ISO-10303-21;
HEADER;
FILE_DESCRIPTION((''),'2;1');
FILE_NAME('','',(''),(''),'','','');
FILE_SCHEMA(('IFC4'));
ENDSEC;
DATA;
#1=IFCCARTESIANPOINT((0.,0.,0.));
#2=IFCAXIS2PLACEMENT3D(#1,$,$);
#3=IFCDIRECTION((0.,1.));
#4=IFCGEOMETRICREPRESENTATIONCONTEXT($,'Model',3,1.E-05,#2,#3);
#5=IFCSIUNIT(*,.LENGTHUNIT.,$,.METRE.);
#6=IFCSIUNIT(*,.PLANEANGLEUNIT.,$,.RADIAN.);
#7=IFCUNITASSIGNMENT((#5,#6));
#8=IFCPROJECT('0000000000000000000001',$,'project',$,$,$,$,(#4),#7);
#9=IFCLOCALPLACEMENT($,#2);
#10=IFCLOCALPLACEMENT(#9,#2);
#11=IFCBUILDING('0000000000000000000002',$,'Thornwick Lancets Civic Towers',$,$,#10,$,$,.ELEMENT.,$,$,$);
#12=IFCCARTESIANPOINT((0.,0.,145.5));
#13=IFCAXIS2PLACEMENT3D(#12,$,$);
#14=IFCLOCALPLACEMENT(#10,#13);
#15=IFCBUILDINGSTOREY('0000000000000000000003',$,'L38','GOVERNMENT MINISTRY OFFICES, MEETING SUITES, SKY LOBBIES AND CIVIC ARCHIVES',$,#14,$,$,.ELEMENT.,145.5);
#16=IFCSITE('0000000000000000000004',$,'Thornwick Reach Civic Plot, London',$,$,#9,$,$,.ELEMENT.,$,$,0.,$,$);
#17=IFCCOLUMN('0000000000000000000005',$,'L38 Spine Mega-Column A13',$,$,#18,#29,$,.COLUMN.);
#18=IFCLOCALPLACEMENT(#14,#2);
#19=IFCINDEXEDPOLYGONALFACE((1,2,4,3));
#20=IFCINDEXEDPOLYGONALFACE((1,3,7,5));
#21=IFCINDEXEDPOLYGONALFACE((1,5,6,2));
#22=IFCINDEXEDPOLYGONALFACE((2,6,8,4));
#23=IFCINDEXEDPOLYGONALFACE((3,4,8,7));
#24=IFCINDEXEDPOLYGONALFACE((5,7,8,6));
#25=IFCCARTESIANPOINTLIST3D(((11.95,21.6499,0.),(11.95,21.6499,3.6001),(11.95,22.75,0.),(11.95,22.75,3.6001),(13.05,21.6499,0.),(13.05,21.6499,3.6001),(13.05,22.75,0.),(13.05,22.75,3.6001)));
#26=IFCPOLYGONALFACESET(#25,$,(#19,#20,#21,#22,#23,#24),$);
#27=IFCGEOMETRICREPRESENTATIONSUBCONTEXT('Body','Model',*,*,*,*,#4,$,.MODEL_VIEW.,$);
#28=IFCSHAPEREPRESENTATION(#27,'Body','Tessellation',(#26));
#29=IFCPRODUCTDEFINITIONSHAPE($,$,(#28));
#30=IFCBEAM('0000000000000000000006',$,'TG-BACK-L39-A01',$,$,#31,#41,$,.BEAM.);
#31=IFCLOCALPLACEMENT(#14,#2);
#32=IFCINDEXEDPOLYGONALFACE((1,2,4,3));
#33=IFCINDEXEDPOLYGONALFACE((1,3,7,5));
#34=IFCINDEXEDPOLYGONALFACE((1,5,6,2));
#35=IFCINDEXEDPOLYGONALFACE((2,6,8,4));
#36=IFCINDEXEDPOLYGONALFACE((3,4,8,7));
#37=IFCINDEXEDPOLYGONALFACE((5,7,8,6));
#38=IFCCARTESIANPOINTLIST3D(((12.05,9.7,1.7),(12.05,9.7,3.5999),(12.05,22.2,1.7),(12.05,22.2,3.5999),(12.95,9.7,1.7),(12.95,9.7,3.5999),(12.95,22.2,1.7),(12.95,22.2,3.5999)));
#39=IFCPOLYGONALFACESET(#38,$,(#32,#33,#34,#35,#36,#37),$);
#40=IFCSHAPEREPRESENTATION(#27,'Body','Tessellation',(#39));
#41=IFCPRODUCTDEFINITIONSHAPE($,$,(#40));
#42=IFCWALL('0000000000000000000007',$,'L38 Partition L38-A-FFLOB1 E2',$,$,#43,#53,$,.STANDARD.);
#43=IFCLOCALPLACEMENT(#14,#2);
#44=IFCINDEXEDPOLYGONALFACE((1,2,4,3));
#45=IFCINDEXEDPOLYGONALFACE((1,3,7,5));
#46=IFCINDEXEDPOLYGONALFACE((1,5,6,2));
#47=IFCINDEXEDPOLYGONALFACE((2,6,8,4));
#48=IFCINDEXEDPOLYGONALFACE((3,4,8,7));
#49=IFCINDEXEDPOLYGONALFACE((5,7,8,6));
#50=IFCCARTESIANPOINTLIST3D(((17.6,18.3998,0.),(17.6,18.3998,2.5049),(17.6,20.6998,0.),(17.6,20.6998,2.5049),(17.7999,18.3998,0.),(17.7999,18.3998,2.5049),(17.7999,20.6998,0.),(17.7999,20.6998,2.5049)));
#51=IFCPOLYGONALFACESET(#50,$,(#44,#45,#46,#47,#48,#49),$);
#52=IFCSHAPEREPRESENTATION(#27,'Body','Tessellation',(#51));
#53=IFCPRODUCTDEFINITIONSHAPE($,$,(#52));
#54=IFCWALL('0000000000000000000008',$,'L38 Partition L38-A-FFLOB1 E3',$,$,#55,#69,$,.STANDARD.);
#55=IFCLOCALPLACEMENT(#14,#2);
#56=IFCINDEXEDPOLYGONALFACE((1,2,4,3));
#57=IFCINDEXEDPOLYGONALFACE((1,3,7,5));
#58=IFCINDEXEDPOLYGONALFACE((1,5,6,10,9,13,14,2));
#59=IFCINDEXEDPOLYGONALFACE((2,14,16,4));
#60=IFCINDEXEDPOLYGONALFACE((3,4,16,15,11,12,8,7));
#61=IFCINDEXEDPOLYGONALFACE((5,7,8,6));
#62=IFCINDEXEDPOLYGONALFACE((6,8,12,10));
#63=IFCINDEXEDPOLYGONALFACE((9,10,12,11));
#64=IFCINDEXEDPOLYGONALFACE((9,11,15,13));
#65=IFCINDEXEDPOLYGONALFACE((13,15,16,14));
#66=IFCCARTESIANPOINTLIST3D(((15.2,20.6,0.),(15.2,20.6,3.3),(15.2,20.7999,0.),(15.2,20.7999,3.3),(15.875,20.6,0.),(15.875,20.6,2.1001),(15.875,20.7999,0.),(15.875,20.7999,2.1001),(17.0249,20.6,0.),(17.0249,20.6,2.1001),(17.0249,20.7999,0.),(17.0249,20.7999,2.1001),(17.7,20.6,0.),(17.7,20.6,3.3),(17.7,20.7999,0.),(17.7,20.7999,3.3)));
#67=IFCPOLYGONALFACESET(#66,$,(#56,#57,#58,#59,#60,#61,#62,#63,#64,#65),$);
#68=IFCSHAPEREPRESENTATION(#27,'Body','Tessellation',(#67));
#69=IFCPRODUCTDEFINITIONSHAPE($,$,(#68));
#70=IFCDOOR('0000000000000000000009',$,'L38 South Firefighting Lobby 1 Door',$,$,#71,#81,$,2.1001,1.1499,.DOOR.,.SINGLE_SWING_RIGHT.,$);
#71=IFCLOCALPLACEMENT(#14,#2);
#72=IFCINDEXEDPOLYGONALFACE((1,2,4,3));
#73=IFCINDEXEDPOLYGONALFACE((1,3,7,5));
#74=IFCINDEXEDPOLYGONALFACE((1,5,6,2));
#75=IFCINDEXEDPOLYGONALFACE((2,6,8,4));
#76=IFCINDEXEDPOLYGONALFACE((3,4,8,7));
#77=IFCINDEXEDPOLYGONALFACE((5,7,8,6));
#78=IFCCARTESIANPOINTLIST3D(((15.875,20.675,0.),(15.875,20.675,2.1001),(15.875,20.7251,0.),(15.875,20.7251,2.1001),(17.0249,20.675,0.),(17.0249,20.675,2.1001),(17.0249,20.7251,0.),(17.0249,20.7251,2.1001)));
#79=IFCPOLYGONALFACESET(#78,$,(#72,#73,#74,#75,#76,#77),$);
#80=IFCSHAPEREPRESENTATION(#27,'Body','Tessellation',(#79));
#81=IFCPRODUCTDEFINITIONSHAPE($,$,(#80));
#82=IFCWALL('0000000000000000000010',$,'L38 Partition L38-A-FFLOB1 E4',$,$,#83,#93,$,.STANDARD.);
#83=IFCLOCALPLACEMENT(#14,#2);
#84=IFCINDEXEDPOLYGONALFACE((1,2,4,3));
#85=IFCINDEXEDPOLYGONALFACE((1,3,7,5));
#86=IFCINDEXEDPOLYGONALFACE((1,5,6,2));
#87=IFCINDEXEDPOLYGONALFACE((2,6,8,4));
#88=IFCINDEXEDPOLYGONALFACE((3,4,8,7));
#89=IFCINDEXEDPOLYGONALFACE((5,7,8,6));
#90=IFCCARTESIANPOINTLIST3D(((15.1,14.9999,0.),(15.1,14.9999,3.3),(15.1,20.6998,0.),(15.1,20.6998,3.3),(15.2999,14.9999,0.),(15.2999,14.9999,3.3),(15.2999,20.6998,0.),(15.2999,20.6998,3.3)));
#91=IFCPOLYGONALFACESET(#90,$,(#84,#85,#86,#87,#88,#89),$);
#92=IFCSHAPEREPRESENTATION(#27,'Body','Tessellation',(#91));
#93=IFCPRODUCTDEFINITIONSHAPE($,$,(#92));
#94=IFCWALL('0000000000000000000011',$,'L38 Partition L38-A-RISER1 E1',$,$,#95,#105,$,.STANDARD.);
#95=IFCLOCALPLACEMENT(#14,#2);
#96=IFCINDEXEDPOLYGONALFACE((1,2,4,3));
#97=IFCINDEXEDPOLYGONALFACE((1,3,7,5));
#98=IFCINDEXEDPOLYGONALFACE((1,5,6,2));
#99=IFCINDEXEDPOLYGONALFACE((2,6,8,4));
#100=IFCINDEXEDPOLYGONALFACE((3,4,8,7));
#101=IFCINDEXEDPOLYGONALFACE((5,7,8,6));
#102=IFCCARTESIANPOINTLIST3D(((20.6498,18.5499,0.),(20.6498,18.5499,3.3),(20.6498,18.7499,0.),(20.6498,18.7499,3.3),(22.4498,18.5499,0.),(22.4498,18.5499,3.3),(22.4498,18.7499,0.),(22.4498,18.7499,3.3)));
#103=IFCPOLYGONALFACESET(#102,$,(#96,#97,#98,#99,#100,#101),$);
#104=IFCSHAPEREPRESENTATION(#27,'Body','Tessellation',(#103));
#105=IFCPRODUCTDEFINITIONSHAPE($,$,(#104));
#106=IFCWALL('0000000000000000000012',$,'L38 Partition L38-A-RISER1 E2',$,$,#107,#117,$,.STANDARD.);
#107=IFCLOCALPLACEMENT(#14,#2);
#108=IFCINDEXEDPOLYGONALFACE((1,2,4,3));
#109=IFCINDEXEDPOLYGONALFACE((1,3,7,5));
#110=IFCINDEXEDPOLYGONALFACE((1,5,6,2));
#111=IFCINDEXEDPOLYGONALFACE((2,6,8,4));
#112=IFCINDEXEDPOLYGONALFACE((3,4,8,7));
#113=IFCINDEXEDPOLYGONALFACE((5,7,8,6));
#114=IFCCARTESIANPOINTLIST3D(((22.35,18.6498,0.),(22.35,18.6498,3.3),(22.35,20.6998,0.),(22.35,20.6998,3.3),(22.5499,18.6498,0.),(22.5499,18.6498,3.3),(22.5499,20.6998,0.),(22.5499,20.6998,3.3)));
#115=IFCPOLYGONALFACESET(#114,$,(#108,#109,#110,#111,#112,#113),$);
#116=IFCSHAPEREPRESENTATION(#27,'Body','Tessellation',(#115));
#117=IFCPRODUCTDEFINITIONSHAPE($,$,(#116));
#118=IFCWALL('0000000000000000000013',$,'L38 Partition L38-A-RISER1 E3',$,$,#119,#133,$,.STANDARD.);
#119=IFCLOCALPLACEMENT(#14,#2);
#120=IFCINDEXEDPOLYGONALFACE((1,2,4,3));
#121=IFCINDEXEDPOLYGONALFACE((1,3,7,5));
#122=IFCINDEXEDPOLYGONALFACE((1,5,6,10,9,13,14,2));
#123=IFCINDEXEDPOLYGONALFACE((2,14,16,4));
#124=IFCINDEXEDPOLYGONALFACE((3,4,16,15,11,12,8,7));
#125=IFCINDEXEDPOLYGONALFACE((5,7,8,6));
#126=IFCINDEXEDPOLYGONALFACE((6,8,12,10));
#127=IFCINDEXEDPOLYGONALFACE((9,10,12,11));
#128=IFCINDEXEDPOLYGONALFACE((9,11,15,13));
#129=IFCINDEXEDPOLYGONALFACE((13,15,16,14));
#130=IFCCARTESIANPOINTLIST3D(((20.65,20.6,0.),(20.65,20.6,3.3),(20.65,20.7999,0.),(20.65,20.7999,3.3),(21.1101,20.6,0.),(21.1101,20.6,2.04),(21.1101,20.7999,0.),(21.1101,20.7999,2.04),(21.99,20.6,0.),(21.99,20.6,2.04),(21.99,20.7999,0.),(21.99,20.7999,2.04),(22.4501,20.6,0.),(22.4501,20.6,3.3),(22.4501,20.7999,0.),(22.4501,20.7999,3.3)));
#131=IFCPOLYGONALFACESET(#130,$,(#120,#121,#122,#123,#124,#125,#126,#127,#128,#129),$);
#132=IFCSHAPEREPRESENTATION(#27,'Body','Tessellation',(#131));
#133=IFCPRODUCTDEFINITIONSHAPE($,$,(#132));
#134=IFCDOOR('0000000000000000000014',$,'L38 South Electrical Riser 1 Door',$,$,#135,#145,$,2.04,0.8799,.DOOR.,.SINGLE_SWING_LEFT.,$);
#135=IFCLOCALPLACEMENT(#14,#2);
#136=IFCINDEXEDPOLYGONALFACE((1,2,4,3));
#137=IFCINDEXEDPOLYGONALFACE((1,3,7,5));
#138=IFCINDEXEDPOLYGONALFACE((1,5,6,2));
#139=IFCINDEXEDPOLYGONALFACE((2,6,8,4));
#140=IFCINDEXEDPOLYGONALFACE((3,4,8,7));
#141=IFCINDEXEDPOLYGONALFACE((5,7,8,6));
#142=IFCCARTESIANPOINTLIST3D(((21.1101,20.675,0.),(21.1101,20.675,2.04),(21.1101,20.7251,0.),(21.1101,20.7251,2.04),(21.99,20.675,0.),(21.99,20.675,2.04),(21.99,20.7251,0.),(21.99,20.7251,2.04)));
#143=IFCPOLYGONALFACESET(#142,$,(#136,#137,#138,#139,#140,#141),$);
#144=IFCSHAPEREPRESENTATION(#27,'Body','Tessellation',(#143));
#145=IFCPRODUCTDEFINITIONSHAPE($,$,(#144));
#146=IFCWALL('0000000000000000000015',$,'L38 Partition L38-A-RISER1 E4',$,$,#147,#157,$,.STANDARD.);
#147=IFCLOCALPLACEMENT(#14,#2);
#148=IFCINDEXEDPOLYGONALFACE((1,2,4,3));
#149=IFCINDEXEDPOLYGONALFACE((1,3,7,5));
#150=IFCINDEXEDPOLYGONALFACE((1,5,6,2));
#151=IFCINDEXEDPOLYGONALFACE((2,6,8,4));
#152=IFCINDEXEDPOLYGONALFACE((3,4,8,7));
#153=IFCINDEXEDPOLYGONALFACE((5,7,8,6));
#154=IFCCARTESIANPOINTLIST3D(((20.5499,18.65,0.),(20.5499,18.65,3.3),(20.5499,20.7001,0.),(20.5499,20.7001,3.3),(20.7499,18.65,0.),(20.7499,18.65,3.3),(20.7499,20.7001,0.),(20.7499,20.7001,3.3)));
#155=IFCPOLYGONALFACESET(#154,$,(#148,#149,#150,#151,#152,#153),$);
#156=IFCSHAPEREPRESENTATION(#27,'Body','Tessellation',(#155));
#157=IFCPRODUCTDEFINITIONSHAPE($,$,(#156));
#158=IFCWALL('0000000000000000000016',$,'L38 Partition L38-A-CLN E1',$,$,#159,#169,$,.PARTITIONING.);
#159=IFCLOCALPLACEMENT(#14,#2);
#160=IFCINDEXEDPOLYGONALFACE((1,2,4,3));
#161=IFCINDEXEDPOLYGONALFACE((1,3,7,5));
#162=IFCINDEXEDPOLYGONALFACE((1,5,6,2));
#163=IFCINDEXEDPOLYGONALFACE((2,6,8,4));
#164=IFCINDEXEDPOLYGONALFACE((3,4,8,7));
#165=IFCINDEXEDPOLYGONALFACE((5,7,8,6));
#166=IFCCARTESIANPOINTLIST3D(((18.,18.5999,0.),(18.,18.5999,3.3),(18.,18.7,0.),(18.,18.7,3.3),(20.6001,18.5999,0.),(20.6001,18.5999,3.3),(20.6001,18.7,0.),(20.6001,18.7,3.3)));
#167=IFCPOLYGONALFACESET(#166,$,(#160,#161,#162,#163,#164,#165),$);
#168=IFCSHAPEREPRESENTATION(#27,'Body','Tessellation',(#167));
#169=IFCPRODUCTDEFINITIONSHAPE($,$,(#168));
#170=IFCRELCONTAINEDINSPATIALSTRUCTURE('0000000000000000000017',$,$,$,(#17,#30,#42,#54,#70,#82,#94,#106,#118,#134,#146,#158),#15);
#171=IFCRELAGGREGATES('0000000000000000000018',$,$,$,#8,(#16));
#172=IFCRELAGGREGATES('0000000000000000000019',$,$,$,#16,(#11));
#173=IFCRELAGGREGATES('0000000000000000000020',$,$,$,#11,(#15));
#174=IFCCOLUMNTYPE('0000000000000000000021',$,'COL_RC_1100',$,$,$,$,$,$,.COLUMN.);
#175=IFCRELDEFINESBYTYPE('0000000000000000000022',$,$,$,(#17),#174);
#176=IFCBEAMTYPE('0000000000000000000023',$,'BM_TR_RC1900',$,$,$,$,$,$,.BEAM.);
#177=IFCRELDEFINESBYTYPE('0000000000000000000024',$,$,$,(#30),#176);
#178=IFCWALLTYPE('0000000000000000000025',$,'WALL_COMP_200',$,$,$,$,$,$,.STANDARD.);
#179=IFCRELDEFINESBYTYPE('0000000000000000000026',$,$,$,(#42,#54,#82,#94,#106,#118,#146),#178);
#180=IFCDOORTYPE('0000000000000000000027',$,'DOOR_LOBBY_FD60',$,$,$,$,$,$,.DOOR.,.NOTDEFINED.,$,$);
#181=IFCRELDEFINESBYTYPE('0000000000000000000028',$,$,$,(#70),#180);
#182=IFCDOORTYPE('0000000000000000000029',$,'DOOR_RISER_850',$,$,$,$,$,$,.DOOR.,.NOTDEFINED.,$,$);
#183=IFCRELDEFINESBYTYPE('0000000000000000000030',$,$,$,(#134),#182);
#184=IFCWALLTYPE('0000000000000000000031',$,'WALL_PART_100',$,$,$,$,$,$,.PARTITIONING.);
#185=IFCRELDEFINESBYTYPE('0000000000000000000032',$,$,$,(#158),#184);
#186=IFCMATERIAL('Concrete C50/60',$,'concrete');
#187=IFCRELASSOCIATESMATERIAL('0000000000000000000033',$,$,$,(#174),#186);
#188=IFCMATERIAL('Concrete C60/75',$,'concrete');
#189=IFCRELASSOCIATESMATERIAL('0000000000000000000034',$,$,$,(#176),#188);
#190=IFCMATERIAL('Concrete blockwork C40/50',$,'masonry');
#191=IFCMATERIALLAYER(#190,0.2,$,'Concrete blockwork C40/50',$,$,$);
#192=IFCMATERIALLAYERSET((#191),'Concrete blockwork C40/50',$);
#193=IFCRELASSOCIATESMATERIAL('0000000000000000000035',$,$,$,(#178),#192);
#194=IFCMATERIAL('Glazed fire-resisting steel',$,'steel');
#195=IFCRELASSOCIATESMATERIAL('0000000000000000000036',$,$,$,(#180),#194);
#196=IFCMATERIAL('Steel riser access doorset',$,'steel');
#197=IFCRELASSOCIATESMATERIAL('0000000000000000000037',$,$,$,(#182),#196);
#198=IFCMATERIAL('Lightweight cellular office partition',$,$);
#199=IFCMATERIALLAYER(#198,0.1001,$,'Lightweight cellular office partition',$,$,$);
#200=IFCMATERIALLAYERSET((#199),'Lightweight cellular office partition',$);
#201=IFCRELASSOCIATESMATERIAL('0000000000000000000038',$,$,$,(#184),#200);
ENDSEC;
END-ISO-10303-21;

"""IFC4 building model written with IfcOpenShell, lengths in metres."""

from ifc_helpers import new_model, si_unit, direction, frame, frame_2d, origin, origin_2d, place, context, subcontext, project, spatial, rectangle, extrude, material, layer, layer_set, material_profile, profile_set, type_object, element, fill, save


model = new_model("IFC4")

# Units and contexts
model_context = context("Model", 3, precision=1e-05, world=origin(), true_north=direction((0.0, 1.0)))
body_context = subcontext(model_context, "Body", "Model", "MODEL_VIEW")
ifc_project = project(units=[si_unit("LENGTHUNIT", "METRE"), si_unit("PLANEANGLEUNIT", "RADIAN")], contexts=[model_context])

# Site, building, storey
site_placement = place(None, origin())
site = spatial("IfcSite", under=ifc_project, at=site_placement, Name="Thornwick Reach Civic Plot, London", CompositionType="ELEMENT", RefElevation=0.0)
building_placement = place(site_placement, origin())
building = spatial("IfcBuilding", under=site, at=building_placement, Name="Thornwick Lancets Civic Towers", CompositionType="ELEMENT")
storey_placement = place(building_placement, frame((0.0, 0.0, 145.5)))
storey = spatial("IfcBuildingStorey", under=building, at=storey_placement, Name="L38", Description="GOVERNMENT MINISTRY OFFICES, MEETING SUITES, SKY LOBBIES AND CIVIC ARCHIVES", CompositionType="ELEMENT", Elevation=145.5)

# Column
ifc_material_1 = material(Name="Concrete C50/60", Category="concrete")
ifc_material_profile_1 = material_profile(ifc_material_1, rectangle(XDim=1.1001, YDim=1.1001, at=origin_2d()), Name="RC 1100x1100")
ifc_profile_set_1 = profile_set([ifc_material_profile_1], Name="Concrete C50/60")
column_type = type_object("IfcColumnType", Name="COL_RC_1100", PredefinedType="COLUMN", material=ifc_profile_set_1)
column_placement = place(storey_placement, frame((12.5, 22.2, 0.0), z_axis=(0.0, 0.0, 1.0), x_axis=(1.0, 0.0, 0.0)))
element("IfcColumn", 1, at=column_placement, inside=storey, type_object=column_type, Name="L38 Spine Mega-Column A13", PredefinedType="COLUMN", context=body_context, shape_type="SweptSolid", body=[
    extrude(rectangle(XDim=1.1001, YDim=1.1001, at=origin_2d()), origin(), (0.0, 0.0, 1.0), 3.6001),
])

# Beam
ifc_material_2 = material(Name="Concrete C60/75", Category="concrete")
ifc_material_profile_2 = material_profile(ifc_material_2, rectangle(XDim=0.8999, YDim=1.8999, at=origin_2d()), Name="RC 900x1900")
ifc_profile_set_2 = profile_set([ifc_material_profile_2], Name="Concrete C60/75")
beam_type = type_object("IfcBeamType", Name="BM_TR_RC1900", PredefinedType="BEAM", material=ifc_profile_set_2)
beam_placement = place(storey_placement, frame((12.5, 22.2, 2.6499), z_axis=(0.0, -1.0, 0.0), x_axis=(1.0, 0.0, 0.0)))
element("IfcBeam", 2, at=beam_placement, inside=storey, type_object=beam_type, Name="TG-BACK-L39-A01", PredefinedType="BEAM", context=body_context, shape_type="SweptSolid", body=[
    extrude(rectangle(XDim=0.8999, YDim=1.8999, at=origin_2d()), origin(), (0.0, 0.0, 1.0), 12.5),
])

# Wall
ifc_material_3 = material(Name="Concrete blockwork C40/50", Category="masonry")
ifc_layer_1 = layer(ifc_material_3, 0.2, Name="Concrete blockwork C40/50")
ifc_layer_set_1 = layer_set([ifc_layer_1], Name="Concrete blockwork C40/50")
wall_type_1 = type_object("IfcWallType", Name="WALL_COMP_200", PredefinedType="STANDARD", material=ifc_layer_set_1)
wall_1_placement = place(storey_placement, frame((17.7, 18.3999, 0.0), z_axis=(0.0, 0.0, 1.0), x_axis=(0.0, 1.0, 0.0)))
element("IfcWall", 3, at=wall_1_placement, inside=storey, type_object=wall_type_1, Name="L38 Partition L38-A-FFLOB1 E2", PredefinedType="STANDARD", context=body_context, shape_type="SweptSolid", body=[
    extrude(rectangle(XDim=2.3, YDim=0.2, at=frame_2d((1.1499, 0.0))), origin(), (0.0, 0.0, 1.0), 2.5049),
])

# Wall, opening, door
wall_2_placement = place(storey_placement, frame((17.7, 20.7, 0.0), z_axis=(0.0, 0.0, 1.0), x_axis=(-1.0, 0.0, 0.0)))
wall_2 = element("IfcWall", 4, at=wall_2_placement, inside=storey, type_object=wall_type_1, Name="L38 Partition L38-A-FFLOB1 E3", PredefinedType="STANDARD", context=body_context, shape_type="SweptSolid", body=[
    extrude(rectangle(XDim=2.5, YDim=0.2, at=frame_2d((1.25, 0.0))), origin(), (0.0, 0.0, 1.0), 3.3),
])
opening_1_placement = place(wall_2_placement, frame((0.675, 0.0, 0.0)))
opening_1 = element("IfcOpeningElement", 5, at=opening_1_placement, cuts=wall_2, PredefinedType="OPENING", context=body_context, shape_type="SweptSolid", body=[
    extrude(rectangle(XDim=1.1499, YDim=2.1001, at=frame_2d((0.575, 1.05))), frame((0.0, 0.1099, 0.0), z_axis=(0.0, -1.0, 0.0), x_axis=(1.0, 0.0, 0.0)), (0.0, 0.0, 1.0), 0.22),
])
ifc_material_4 = material(Name="Glazed fire-resisting steel", Category="steel")
door_type_1 = type_object("IfcDoorType", Name="DOOR_LOBBY_FD60", OperationType="NOTDEFINED", PredefinedType="DOOR", material=ifc_material_4)
door_1_placement = place(opening_1_placement, origin())
door_1 = element("IfcDoor", 6, at=door_1_placement, inside=storey, type_object=door_type_1, Name="L38 South Firefighting Lobby 1 Door", OperationType="SINGLE_SWING_RIGHT", OverallHeight=2.1001, OverallWidth=1.1499, PredefinedType="DOOR", context=body_context, shape_type="SweptSolid", body=[
    extrude(rectangle(XDim=1.1499, YDim=2.1001, at=frame_2d((0.575, 1.05))), frame((0.0, 0.0249, 0.0), z_axis=(0.0, -1.0, 0.0), x_axis=(1.0, 0.0, 0.0)), (0.0, 0.0, 1.0), 0.05),
])
fill(opening_1, door_1)

# Walls
wall_3_placement = place(storey_placement, frame((15.2, 20.7, 0.0), z_axis=(0.0, 0.0, 1.0), x_axis=(0.0, -1.0, 0.0)))
element("IfcWall", 7, at=wall_3_placement, inside=storey, type_object=wall_type_1, Name="L38 Partition L38-A-FFLOB1 E4", PredefinedType="STANDARD", context=body_context, shape_type="SweptSolid", body=[
    extrude(rectangle(XDim=5.7, YDim=0.2, at=frame_2d((2.8501, 0.0))), origin(), (0.0, 0.0, 1.0), 3.3),
])
wall_4_placement = place(storey_placement, frame((20.6499, 18.6499, 0.0), z_axis=(0.0, 0.0, 1.0), x_axis=(1.0, 0.0, 0.0)))
element("IfcWall", 8, at=wall_4_placement, inside=storey, type_object=wall_type_1, Name="L38 Partition L38-A-RISER1 E1", PredefinedType="STANDARD", context=body_context, shape_type="SweptSolid", body=[
    extrude(rectangle(XDim=1.8, YDim=0.2, at=frame_2d((0.8999, 0.0))), origin(), (0.0, 0.0, 1.0), 3.3),
])
wall_5_placement = place(storey_placement, frame((22.45, 18.6499, 0.0), z_axis=(0.0, 0.0, 1.0), x_axis=(0.0, 1.0, 0.0)))
element("IfcWall", 9, at=wall_5_placement, inside=storey, type_object=wall_type_1, Name="L38 Partition L38-A-RISER1 E2", PredefinedType="STANDARD", context=body_context, shape_type="SweptSolid", body=[
    extrude(rectangle(XDim=2.05, YDim=0.2, at=frame_2d((1.0249, 0.0))), origin(), (0.0, 0.0, 1.0), 3.3),
])

# Wall, opening, door
wall_6_placement = place(storey_placement, frame((22.45, 20.7, 0.0), z_axis=(0.0, 0.0, 1.0), x_axis=(-1.0, 0.0, 0.0)))
wall_6 = element("IfcWall", 10, at=wall_6_placement, inside=storey, type_object=wall_type_1, Name="L38 Partition L38-A-RISER1 E3", PredefinedType="STANDARD", context=body_context, shape_type="SweptSolid", body=[
    extrude(rectangle(XDim=1.8, YDim=0.2, at=frame_2d((0.8999, 0.0))), origin(), (0.0, 0.0, 1.0), 3.3),
])
opening_2_placement = place(wall_6_placement, frame((0.46, 0.0, 0.0)))
opening_2 = element("IfcOpeningElement", 11, at=opening_2_placement, cuts=wall_6, PredefinedType="OPENING", context=body_context, shape_type="SweptSolid", body=[
    extrude(rectangle(XDim=0.8799, YDim=2.04, at=frame_2d((0.4399, 1.02))), frame((0.0, 0.1099, 0.0), z_axis=(0.0, -1.0, 0.0), x_axis=(1.0, 0.0, 0.0)), (0.0, 0.0, 1.0), 0.22),
])
ifc_material_5 = material(Name="Steel riser access doorset", Category="steel")
door_type_2 = type_object("IfcDoorType", Name="DOOR_RISER_850", OperationType="NOTDEFINED", PredefinedType="DOOR", material=ifc_material_5)
door_2_placement = place(opening_2_placement, origin())
door_2 = element("IfcDoor", 12, at=door_2_placement, inside=storey, type_object=door_type_2, Name="L38 South Electrical Riser 1 Door", OperationType="SINGLE_SWING_LEFT", OverallHeight=2.04, OverallWidth=0.8799, PredefinedType="DOOR", context=body_context, shape_type="SweptSolid", body=[
    extrude(rectangle(XDim=0.8799, YDim=2.04, at=frame_2d((0.4399, 1.02))), frame((0.0, 0.0249, 0.0), z_axis=(0.0, -1.0, 0.0), x_axis=(1.0, 0.0, 0.0)), (0.0, 0.0, 1.0), 0.05),
])
fill(opening_2, door_2)

# Walls
wall_7_placement = place(storey_placement, frame((20.6499, 20.7, 0.0), z_axis=(0.0, 0.0, 1.0), x_axis=(0.0, -1.0, 0.0)))
element("IfcWall", 13, at=wall_7_placement, inside=storey, type_object=wall_type_1, Name="L38 Partition L38-A-RISER1 E4", PredefinedType="STANDARD", context=body_context, shape_type="SweptSolid", body=[
    extrude(rectangle(XDim=2.05, YDim=0.2, at=frame_2d((1.0249, 0.0))), origin(), (0.0, 0.0, 1.0), 3.3),
])
ifc_material_6 = material(Name="Lightweight cellular office partition")
ifc_layer_2 = layer(ifc_material_6, 0.1001, Name="Lightweight cellular office partition")
ifc_layer_set_2 = layer_set([ifc_layer_2], Name="Lightweight cellular office partition")
wall_type_2 = type_object("IfcWallType", Name="WALL_PART_100", PredefinedType="PARTITIONING", material=ifc_layer_set_2)
wall_8_placement = place(storey_placement, frame((18.0, 18.6499, 0.0), z_axis=(0.0, 0.0, 1.0), x_axis=(1.0, 0.0, 0.0)))
element("IfcWall", 14, at=wall_8_placement, inside=storey, type_object=wall_type_2, Name="L38 Partition L38-A-CLN E1", PredefinedType="PARTITIONING", context=body_context, shape_type="SweptSolid", body=[
    extrude(rectangle(XDim=2.6001, YDim=0.1001, at=frame_2d((1.3, 0.0))), origin(), (0.0, 0.0, 1.0), 3.3),
])

save(model, "model.ifc")
